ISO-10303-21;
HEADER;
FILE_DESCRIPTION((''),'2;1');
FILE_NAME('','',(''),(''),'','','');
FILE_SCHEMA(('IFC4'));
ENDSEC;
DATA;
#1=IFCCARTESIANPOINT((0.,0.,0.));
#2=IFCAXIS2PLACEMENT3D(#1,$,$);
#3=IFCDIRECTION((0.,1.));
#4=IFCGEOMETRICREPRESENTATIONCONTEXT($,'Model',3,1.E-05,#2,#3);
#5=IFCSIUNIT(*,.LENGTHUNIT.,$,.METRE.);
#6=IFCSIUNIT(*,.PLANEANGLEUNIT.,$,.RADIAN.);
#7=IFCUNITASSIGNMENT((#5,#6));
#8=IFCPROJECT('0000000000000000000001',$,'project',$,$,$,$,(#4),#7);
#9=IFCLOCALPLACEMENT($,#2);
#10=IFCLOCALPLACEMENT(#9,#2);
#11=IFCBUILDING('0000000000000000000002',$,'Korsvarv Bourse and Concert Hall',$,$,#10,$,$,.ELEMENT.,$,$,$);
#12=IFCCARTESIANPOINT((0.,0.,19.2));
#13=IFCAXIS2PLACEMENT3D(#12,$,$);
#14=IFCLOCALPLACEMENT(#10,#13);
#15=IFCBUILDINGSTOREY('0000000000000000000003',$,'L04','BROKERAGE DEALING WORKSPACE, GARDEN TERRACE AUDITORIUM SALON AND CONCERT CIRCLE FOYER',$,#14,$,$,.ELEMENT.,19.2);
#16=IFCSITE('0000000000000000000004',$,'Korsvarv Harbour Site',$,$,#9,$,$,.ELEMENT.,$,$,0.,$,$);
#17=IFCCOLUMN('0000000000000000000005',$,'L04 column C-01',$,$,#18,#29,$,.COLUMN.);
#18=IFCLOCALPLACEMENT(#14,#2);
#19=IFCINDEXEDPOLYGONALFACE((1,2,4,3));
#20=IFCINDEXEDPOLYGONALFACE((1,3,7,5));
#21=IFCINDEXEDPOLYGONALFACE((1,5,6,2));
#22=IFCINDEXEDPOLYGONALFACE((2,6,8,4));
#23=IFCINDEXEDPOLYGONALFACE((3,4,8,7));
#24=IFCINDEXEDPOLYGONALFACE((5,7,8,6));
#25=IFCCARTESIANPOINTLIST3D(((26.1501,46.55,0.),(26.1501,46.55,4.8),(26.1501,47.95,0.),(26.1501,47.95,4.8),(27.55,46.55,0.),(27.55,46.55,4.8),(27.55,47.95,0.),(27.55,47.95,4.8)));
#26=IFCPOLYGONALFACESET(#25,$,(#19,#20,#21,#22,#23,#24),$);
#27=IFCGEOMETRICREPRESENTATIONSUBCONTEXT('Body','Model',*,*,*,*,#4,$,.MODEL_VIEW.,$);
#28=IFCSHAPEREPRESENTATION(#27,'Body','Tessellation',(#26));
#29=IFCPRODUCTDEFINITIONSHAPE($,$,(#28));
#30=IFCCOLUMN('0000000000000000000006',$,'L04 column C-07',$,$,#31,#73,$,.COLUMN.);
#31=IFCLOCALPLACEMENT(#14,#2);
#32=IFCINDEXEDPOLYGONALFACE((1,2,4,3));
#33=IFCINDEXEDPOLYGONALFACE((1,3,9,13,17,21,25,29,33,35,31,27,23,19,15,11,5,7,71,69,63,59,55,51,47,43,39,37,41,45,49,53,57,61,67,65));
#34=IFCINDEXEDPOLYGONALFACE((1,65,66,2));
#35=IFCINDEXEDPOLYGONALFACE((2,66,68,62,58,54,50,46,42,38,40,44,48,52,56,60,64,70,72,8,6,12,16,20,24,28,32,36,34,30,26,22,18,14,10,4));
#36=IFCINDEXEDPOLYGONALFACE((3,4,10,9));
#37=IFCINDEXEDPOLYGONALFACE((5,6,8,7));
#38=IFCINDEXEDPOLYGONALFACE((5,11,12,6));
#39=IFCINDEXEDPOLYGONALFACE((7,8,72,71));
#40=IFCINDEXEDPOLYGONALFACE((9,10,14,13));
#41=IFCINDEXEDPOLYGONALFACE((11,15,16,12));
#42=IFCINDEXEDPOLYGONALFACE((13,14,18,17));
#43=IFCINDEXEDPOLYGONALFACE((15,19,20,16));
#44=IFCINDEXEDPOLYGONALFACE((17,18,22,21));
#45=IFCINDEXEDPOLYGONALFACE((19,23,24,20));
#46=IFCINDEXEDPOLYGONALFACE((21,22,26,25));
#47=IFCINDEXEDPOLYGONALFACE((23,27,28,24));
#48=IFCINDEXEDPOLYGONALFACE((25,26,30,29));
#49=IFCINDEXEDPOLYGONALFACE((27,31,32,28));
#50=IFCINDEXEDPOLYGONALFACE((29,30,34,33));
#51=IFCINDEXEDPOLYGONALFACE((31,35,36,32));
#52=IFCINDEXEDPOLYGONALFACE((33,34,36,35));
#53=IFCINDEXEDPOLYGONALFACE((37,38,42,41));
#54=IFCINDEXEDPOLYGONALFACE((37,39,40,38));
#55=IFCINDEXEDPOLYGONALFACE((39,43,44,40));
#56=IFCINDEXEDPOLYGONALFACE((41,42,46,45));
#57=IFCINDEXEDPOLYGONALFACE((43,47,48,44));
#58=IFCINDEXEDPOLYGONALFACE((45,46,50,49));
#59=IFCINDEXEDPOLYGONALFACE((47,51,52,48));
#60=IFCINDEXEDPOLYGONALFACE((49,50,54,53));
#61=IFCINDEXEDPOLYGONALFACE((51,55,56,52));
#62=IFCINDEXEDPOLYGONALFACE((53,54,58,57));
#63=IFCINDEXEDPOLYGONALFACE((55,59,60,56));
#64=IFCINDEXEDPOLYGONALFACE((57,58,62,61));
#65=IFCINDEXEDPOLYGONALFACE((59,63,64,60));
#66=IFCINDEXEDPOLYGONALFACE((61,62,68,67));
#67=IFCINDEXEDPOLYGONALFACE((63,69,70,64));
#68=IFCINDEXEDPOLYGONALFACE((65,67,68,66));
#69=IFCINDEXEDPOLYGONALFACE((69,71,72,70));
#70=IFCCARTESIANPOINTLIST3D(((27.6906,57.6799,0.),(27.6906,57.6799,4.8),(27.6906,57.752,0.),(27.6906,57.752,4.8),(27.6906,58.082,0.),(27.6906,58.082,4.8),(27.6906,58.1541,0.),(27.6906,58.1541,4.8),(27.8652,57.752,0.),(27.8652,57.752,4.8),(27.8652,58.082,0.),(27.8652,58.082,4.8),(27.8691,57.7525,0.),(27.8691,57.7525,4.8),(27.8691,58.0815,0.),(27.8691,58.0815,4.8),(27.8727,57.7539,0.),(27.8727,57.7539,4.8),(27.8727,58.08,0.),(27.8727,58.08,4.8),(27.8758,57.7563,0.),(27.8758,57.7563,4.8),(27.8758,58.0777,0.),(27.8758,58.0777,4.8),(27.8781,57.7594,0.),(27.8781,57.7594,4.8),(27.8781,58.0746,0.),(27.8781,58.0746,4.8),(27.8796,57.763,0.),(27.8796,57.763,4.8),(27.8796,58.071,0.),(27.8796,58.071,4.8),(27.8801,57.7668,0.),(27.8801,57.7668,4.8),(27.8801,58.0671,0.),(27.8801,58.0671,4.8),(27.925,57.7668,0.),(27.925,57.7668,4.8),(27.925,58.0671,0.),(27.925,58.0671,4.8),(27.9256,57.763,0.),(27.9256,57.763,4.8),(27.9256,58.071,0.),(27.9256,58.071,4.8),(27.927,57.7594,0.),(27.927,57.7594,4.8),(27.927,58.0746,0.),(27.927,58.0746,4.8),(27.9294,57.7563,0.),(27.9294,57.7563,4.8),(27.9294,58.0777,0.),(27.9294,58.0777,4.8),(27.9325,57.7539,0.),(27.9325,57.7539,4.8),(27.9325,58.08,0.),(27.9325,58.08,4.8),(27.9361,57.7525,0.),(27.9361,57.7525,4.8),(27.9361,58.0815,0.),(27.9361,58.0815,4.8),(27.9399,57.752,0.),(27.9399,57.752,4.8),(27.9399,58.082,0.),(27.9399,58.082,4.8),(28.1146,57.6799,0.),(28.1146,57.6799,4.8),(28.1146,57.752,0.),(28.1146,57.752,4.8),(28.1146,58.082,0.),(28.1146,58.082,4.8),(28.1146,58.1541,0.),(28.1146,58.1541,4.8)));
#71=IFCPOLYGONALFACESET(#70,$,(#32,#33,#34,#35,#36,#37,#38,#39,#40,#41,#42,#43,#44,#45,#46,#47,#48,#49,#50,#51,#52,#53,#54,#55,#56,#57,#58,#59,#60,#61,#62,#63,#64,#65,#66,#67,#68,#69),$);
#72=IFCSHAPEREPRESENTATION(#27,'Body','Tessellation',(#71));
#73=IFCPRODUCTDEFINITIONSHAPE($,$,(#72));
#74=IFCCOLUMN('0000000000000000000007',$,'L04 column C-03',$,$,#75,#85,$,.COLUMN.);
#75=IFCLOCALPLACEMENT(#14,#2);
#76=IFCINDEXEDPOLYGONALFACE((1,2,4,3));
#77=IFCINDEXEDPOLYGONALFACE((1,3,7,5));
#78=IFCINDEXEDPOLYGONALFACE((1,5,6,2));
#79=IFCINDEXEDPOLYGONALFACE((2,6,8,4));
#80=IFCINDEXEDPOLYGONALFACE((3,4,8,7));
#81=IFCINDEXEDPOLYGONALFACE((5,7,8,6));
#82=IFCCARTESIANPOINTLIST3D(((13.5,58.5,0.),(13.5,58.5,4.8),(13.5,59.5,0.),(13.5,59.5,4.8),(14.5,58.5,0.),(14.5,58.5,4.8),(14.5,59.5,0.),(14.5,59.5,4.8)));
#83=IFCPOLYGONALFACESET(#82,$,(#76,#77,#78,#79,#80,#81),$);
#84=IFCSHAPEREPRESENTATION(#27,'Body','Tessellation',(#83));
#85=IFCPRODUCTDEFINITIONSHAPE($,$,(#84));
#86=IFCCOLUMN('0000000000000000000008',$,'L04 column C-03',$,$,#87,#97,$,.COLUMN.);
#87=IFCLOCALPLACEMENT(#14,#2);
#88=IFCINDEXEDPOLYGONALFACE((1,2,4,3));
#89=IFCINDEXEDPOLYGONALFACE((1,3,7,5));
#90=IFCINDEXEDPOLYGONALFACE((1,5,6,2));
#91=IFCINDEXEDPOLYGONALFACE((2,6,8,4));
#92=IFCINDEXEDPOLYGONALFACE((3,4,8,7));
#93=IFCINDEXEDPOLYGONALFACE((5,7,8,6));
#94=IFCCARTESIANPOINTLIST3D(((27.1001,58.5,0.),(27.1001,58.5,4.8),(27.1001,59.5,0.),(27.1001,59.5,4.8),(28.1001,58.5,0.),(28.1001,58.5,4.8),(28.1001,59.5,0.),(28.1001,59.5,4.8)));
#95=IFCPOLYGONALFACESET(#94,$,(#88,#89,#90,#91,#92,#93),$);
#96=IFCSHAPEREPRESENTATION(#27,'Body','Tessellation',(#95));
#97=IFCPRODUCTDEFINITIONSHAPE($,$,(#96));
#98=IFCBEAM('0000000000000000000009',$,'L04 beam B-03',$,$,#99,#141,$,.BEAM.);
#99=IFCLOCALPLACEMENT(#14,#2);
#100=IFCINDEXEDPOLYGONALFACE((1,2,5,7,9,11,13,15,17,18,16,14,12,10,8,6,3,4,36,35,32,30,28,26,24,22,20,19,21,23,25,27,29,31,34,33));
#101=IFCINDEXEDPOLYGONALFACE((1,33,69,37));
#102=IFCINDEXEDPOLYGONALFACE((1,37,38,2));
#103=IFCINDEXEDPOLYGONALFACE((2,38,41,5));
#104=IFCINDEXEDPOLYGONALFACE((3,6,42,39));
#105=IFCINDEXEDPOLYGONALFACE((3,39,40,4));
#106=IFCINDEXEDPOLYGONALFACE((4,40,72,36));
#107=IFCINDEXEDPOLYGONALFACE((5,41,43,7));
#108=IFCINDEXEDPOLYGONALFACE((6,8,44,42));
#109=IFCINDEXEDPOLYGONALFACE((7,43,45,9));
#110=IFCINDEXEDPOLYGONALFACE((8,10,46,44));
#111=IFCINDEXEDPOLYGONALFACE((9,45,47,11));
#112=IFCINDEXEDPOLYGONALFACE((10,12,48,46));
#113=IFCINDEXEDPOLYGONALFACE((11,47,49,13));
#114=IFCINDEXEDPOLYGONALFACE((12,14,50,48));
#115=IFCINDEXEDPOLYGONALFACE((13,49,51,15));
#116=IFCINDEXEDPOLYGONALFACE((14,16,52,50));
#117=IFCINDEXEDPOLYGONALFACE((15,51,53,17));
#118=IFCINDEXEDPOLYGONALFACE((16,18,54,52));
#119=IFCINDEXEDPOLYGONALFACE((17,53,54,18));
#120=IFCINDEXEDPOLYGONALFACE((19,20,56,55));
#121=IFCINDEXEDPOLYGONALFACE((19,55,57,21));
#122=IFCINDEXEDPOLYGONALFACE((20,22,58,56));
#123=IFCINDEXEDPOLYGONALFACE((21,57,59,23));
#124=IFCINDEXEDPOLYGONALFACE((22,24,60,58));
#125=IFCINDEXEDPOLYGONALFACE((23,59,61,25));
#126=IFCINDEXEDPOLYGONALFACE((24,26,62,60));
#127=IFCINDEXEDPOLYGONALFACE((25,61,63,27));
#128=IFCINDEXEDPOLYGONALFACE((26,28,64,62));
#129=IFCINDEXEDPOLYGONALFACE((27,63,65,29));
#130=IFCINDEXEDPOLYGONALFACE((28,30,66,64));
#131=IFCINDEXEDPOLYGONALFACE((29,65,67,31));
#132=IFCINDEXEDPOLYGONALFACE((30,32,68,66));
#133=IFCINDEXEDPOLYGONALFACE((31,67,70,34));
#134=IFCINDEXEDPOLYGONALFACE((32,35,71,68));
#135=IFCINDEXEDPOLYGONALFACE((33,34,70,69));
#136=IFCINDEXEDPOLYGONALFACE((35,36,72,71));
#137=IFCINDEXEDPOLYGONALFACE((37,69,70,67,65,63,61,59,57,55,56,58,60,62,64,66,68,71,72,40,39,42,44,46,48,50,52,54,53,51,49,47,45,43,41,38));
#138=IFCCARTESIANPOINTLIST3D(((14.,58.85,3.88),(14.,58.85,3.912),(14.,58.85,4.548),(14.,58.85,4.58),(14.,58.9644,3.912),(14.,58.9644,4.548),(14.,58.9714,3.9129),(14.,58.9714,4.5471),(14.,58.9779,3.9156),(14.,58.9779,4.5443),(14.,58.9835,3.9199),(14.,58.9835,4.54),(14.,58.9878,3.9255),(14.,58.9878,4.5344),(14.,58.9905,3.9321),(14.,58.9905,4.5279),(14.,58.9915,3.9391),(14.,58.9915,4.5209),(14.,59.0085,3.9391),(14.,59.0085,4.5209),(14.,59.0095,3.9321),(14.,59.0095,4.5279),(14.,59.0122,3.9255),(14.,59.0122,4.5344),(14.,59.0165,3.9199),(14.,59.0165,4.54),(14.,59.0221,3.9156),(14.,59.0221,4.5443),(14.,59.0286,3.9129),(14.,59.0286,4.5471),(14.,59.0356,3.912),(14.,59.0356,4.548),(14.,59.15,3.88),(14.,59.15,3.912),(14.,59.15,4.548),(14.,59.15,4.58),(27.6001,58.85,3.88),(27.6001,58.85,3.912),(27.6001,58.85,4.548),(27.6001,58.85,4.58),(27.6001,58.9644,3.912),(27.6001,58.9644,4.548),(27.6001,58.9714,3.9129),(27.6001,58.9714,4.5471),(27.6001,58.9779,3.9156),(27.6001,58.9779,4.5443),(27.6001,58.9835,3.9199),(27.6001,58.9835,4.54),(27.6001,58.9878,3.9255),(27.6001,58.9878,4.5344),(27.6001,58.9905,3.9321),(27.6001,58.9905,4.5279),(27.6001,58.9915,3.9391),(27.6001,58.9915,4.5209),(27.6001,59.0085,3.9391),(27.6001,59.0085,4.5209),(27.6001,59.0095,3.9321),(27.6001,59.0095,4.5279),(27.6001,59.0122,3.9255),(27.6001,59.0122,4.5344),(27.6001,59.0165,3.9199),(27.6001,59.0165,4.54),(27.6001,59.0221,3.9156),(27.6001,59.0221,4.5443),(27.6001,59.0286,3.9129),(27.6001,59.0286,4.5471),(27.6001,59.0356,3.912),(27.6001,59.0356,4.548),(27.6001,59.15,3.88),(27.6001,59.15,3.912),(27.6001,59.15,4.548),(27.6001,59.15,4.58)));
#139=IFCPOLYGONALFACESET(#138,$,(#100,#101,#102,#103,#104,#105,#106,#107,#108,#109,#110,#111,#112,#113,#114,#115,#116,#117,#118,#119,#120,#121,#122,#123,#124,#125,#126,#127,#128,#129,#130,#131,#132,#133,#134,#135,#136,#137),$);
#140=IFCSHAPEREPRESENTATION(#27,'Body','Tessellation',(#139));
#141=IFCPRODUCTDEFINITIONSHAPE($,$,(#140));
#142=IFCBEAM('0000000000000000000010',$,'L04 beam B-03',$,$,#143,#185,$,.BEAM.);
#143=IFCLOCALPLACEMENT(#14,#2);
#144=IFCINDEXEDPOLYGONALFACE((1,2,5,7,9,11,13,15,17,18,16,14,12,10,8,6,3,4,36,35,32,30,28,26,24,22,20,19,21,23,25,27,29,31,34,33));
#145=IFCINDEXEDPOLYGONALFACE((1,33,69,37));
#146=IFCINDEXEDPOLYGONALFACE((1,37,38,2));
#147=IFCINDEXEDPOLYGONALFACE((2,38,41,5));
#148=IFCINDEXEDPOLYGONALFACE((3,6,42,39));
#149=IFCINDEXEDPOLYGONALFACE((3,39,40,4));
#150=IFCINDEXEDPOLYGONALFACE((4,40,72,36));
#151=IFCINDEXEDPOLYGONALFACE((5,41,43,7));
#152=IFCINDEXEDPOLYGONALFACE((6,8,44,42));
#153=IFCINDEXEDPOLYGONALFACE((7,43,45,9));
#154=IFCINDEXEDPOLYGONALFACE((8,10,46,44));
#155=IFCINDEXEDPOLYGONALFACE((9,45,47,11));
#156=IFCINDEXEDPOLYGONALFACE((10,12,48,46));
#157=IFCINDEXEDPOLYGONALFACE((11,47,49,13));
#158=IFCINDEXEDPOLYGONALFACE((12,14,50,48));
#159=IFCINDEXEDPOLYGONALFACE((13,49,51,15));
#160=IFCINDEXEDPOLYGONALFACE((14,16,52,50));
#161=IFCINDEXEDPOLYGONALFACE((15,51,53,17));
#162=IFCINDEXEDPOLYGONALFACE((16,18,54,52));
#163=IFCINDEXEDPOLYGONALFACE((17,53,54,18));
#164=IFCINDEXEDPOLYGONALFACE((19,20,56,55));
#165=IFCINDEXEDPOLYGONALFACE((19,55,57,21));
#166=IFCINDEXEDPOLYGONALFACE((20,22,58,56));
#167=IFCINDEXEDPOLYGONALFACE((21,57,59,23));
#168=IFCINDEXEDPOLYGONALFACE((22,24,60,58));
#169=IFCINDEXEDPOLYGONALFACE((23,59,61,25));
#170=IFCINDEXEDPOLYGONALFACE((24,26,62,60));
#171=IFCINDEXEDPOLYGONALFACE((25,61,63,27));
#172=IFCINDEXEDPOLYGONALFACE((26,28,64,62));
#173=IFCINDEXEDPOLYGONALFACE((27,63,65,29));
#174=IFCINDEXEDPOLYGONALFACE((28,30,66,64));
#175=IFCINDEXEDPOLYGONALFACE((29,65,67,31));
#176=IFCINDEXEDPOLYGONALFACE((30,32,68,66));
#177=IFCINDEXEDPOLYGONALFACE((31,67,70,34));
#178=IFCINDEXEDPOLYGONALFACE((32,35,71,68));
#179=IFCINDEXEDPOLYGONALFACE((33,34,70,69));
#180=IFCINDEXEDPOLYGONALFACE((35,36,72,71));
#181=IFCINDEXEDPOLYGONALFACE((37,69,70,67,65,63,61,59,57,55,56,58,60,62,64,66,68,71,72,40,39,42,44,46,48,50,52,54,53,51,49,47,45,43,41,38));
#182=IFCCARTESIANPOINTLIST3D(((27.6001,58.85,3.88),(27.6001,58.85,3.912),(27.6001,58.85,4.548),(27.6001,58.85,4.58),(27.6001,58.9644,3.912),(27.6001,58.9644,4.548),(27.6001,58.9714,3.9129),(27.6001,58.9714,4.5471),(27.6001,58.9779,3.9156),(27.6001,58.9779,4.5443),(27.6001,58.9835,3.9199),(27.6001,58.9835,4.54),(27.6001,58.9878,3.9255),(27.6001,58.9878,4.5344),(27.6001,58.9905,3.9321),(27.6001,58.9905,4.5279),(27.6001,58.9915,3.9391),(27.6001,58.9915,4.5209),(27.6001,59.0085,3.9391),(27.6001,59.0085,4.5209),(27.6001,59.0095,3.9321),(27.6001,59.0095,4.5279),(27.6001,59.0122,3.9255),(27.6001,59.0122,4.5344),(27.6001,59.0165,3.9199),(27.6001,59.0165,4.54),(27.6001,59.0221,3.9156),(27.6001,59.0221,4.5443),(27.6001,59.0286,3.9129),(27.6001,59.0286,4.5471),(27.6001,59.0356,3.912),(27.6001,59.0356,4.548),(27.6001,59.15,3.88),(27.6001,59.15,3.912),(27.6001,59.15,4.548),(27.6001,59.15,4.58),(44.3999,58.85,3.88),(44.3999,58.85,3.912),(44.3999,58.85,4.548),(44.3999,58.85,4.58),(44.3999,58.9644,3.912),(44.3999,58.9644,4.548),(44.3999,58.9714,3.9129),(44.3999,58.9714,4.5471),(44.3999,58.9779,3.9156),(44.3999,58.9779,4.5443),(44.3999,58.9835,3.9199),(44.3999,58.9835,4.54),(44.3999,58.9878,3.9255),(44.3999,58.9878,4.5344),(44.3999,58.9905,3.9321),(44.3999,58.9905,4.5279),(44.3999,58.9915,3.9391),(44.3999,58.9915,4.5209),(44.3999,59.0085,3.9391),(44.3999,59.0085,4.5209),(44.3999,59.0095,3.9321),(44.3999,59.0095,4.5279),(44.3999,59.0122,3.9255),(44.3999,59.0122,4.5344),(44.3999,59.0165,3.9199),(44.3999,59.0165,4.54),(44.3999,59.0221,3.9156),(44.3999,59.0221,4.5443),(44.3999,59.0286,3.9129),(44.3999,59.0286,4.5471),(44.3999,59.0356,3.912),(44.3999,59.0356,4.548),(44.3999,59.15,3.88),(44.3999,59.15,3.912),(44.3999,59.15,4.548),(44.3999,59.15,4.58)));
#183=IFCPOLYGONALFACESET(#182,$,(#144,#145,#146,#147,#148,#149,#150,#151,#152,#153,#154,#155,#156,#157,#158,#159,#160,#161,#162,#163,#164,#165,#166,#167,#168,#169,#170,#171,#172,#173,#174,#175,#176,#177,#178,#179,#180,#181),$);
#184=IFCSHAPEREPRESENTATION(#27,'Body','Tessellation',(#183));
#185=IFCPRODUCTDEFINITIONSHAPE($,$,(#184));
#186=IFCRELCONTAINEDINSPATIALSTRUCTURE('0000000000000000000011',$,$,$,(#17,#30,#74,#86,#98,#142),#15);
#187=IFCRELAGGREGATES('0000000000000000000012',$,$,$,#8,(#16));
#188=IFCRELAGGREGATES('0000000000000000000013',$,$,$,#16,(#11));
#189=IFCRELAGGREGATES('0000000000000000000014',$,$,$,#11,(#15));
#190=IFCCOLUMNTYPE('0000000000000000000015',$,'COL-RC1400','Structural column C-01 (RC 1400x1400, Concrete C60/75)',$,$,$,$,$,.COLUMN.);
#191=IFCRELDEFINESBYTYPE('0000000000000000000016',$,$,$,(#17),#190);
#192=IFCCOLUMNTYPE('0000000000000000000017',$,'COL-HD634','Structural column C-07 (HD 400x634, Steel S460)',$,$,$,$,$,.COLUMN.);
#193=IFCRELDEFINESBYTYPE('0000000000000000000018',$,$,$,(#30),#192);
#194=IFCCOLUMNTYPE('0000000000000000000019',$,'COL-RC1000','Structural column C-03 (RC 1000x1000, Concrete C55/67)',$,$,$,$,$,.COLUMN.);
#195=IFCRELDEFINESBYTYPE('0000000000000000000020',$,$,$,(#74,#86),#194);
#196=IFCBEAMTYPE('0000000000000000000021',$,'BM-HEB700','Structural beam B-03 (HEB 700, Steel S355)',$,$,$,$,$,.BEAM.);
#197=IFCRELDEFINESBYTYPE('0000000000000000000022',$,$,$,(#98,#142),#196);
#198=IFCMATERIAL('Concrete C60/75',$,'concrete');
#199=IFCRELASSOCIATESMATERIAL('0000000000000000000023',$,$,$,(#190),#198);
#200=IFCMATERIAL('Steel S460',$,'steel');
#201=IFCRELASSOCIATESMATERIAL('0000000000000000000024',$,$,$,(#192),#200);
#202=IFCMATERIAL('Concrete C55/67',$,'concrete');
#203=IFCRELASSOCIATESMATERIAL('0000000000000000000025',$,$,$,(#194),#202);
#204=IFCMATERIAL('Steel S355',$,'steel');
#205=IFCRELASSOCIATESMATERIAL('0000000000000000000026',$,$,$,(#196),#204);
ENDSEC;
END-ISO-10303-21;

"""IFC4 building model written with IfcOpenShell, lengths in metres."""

from ifc_helpers import new_model, si_unit, direction, frame, origin, origin_2d, place, context, subcontext, project, spatial, rectangle, i_section, extrude, source, transform, mapped, material, material_profile, profile_set, type_object, element, save


model = new_model("IFC4")

# Units and contexts
model_context = context("Model", 3, precision=1e-05, world=origin(), true_north=direction((0.0, 1.0)))
body_context = subcontext(model_context, "Body", "Model", "MODEL_VIEW")
ifc_project = project(units=[si_unit("LENGTHUNIT", "METRE"), si_unit("PLANEANGLEUNIT", "RADIAN")], contexts=[model_context])

# Site, building, storey
site_placement = place(None, origin())
site = spatial("IfcSite", under=ifc_project, at=site_placement, Name="Korsvarv Harbour Site", CompositionType="ELEMENT", RefElevation=0.0)
building_placement = place(site_placement, origin())
building = spatial("IfcBuilding", under=site, at=building_placement, Name="Korsvarv Bourse and Concert Hall", CompositionType="ELEMENT")
storey_placement = place(building_placement, frame((0.0, 0.0, 19.2)))
storey = spatial("IfcBuildingStorey", under=building, at=storey_placement, Name="L04", Description="BROKERAGE DEALING WORKSPACE, GARDEN TERRACE AUDITORIUM SALON AND CONCERT CIRCLE FOYER", CompositionType="ELEMENT", Elevation=19.2)

# Columns
ifc_material_1 = material(Name="Concrete C60/75", Category="concrete")
ifc_material_profile_1 = material_profile(ifc_material_1, rectangle(XDim=1.3999, YDim=1.3999, at=origin_2d()), Name="RC 1400x1400")
ifc_profile_set_1 = profile_set([ifc_material_profile_1], Name="Concrete C60/75")
column_type_1 = type_object("IfcColumnType", Name="COL-RC1400", Description="Structural column C-01 (RC 1400x1400, Concrete C60/75)", PredefinedType="COLUMN", material=ifc_profile_set_1)
shared_shape_1 = source(origin(), body_context, "Body", "SweptSolid", [
    extrude(rectangle(XDim=1.3999, YDim=1.3999, at=origin_2d()), origin(), (0.0, 0.0, 1.0), 4.8),
])
column_1_placement = place(storey_placement, frame((26.8501, 47.25, 0.0), z_axis=(0.0, 0.0, 1.0), x_axis=(1.0, 0.0, 0.0)))
element("IfcColumn", 1, at=column_1_placement, inside=storey, type_object=column_type_1, Name="L04 column C-01", PredefinedType="COLUMN", context=body_context, shape_type="MappedRepresentation", body=[
    mapped(shared_shape_1, transform((0.0, 0.0, 0.0), scale=1.0)),
])
ifc_material_2 = material(Name="Steel S460", Category="steel")
ifc_material_profile_2 = material_profile(ifc_material_2, i_section(OverallWidth=0.4241, OverallDepth=0.4741, WebThickness=0.0449, FlangeThickness=0.072, FilletRadius=0.0149, at=origin_2d()), Name="HD 400x634")
ifc_profile_set_2 = profile_set([ifc_material_profile_2], Name="Steel S460")
column_type_2 = type_object("IfcColumnType", Name="COL-HD634", Description="Structural column C-07 (HD 400x634, Steel S460)", PredefinedType="COLUMN", material=ifc_profile_set_2)
shared_shape_2 = source(origin(), body_context, "Body", "SweptSolid", [
    extrude(i_section(OverallWidth=0.4241, OverallDepth=0.4741, WebThickness=0.0449, FlangeThickness=0.072, FilletRadius=0.0149, at=origin_2d()), origin(), (0.0, 0.0, 1.0), 4.8),
])
column_2_placement = place(storey_placement, frame((27.9026, 57.917, 0.0), z_axis=(0.0, 0.0, 1.0), x_axis=(1.0, 0.0, 0.0)))
element("IfcColumn", 2, at=column_2_placement, inside=storey, type_object=column_type_2, Name="L04 column C-07", PredefinedType="COLUMN", context=body_context, shape_type="MappedRepresentation", body=[
    mapped(shared_shape_2, transform((0.0, 0.0, 0.0), scale=1.0)),
])
ifc_material_3 = material(Name="Concrete C55/67", Category="concrete")
ifc_material_profile_3 = material_profile(ifc_material_3, rectangle(XDim=1.0, YDim=1.0, at=origin_2d()), Name="RC 1000x1000")
ifc_profile_set_3 = profile_set([ifc_material_profile_3], Name="Concrete C55/67")
column_type_3 = type_object("IfcColumnType", Name="COL-RC1000", Description="Structural column C-03 (RC 1000x1000, Concrete C55/67)", PredefinedType="COLUMN", material=ifc_profile_set_3)
shared_shape_3 = source(origin(), body_context, "Body", "SweptSolid", [
    extrude(rectangle(XDim=1.0, YDim=1.0, at=origin_2d()), origin(), (0.0, 0.0, 1.0), 4.8),
])
for number, where, z_axis, x_axis, name in (
    (3, (14.0, 59.0, 0.0), (0.0, 0.0, 1.0), (1.0, 0.0, 0.0), "L04 column C-03"),
    (4, (27.6001, 59.0, 0.0), (0.0, 0.0, 1.0), (1.0, 0.0, 0.0), "L04 column C-03"),
):
    element("IfcColumn", number, at=place(storey_placement, frame(where, z_axis=z_axis, x_axis=x_axis)), inside=storey, type_object=column_type_3, Name=name, PredefinedType="COLUMN", context=body_context, shape_type="MappedRepresentation", body=[
        mapped(shared_shape_3, transform((0.0, 0.0, 0.0), scale=1.0)),
    ])

# Beams
ifc_material_4 = material(Name="Steel S355", Category="steel")
ifc_material_profile_4 = material_profile(ifc_material_4, i_section(OverallWidth=0.3, OverallDepth=0.7, WebThickness=0.0171, FlangeThickness=0.032, FilletRadius=0.0271, at=origin_2d()), Name="HEB 700")
ifc_profile_set_4 = profile_set([ifc_material_profile_4], Name="Steel S355")
beam_type = type_object("IfcBeamType", Name="BM-HEB700", Description="Structural beam B-03 (HEB 700, Steel S355)", PredefinedType="BEAM", material=ifc_profile_set_4)
shared_shape_4 = source(origin(), body_context, "Body", "SweptSolid", [
    extrude(i_section(OverallWidth=0.3, OverallDepth=0.7, WebThickness=0.0171, FlangeThickness=0.032, FilletRadius=0.0271, at=origin_2d()), origin(), (0.0, 0.0, 1.0), 13.6001),
])
beam_1_placement = place(storey_placement, frame((14.0, 59.0, 4.23), z_axis=(1.0, 0.0, 0.0), x_axis=(0.0, 1.0, 0.0)))
element("IfcBeam", 5, at=beam_1_placement, inside=storey, type_object=beam_type, Name="L04 beam B-03", PredefinedType="BEAM", context=body_context, shape_type="MappedRepresentation", body=[
    mapped(shared_shape_4, transform((0.0, 0.0, 0.0), scale=1.0)),
])
shared_shape_5 = source(origin(), body_context, "Body", "SweptSolid", [
    extrude(i_section(OverallWidth=0.3, OverallDepth=0.7, WebThickness=0.0171, FlangeThickness=0.032, FilletRadius=0.0271, at=origin_2d()), origin(), (0.0, 0.0, 1.0), 16.7998),
])
beam_2_placement = place(storey_placement, frame((27.6001, 59.0, 4.23), z_axis=(1.0, 0.0, 0.0), x_axis=(0.0, 1.0, 0.0)))
element("IfcBeam", 6, at=beam_2_placement, inside=storey, type_object=beam_type, Name="L04 beam B-03", PredefinedType="BEAM", context=body_context, shape_type="MappedRepresentation", body=[
    mapped(shared_shape_5, transform((0.0, 0.0, 0.0), scale=1.0)),
])

save(model, "model.ifc")
